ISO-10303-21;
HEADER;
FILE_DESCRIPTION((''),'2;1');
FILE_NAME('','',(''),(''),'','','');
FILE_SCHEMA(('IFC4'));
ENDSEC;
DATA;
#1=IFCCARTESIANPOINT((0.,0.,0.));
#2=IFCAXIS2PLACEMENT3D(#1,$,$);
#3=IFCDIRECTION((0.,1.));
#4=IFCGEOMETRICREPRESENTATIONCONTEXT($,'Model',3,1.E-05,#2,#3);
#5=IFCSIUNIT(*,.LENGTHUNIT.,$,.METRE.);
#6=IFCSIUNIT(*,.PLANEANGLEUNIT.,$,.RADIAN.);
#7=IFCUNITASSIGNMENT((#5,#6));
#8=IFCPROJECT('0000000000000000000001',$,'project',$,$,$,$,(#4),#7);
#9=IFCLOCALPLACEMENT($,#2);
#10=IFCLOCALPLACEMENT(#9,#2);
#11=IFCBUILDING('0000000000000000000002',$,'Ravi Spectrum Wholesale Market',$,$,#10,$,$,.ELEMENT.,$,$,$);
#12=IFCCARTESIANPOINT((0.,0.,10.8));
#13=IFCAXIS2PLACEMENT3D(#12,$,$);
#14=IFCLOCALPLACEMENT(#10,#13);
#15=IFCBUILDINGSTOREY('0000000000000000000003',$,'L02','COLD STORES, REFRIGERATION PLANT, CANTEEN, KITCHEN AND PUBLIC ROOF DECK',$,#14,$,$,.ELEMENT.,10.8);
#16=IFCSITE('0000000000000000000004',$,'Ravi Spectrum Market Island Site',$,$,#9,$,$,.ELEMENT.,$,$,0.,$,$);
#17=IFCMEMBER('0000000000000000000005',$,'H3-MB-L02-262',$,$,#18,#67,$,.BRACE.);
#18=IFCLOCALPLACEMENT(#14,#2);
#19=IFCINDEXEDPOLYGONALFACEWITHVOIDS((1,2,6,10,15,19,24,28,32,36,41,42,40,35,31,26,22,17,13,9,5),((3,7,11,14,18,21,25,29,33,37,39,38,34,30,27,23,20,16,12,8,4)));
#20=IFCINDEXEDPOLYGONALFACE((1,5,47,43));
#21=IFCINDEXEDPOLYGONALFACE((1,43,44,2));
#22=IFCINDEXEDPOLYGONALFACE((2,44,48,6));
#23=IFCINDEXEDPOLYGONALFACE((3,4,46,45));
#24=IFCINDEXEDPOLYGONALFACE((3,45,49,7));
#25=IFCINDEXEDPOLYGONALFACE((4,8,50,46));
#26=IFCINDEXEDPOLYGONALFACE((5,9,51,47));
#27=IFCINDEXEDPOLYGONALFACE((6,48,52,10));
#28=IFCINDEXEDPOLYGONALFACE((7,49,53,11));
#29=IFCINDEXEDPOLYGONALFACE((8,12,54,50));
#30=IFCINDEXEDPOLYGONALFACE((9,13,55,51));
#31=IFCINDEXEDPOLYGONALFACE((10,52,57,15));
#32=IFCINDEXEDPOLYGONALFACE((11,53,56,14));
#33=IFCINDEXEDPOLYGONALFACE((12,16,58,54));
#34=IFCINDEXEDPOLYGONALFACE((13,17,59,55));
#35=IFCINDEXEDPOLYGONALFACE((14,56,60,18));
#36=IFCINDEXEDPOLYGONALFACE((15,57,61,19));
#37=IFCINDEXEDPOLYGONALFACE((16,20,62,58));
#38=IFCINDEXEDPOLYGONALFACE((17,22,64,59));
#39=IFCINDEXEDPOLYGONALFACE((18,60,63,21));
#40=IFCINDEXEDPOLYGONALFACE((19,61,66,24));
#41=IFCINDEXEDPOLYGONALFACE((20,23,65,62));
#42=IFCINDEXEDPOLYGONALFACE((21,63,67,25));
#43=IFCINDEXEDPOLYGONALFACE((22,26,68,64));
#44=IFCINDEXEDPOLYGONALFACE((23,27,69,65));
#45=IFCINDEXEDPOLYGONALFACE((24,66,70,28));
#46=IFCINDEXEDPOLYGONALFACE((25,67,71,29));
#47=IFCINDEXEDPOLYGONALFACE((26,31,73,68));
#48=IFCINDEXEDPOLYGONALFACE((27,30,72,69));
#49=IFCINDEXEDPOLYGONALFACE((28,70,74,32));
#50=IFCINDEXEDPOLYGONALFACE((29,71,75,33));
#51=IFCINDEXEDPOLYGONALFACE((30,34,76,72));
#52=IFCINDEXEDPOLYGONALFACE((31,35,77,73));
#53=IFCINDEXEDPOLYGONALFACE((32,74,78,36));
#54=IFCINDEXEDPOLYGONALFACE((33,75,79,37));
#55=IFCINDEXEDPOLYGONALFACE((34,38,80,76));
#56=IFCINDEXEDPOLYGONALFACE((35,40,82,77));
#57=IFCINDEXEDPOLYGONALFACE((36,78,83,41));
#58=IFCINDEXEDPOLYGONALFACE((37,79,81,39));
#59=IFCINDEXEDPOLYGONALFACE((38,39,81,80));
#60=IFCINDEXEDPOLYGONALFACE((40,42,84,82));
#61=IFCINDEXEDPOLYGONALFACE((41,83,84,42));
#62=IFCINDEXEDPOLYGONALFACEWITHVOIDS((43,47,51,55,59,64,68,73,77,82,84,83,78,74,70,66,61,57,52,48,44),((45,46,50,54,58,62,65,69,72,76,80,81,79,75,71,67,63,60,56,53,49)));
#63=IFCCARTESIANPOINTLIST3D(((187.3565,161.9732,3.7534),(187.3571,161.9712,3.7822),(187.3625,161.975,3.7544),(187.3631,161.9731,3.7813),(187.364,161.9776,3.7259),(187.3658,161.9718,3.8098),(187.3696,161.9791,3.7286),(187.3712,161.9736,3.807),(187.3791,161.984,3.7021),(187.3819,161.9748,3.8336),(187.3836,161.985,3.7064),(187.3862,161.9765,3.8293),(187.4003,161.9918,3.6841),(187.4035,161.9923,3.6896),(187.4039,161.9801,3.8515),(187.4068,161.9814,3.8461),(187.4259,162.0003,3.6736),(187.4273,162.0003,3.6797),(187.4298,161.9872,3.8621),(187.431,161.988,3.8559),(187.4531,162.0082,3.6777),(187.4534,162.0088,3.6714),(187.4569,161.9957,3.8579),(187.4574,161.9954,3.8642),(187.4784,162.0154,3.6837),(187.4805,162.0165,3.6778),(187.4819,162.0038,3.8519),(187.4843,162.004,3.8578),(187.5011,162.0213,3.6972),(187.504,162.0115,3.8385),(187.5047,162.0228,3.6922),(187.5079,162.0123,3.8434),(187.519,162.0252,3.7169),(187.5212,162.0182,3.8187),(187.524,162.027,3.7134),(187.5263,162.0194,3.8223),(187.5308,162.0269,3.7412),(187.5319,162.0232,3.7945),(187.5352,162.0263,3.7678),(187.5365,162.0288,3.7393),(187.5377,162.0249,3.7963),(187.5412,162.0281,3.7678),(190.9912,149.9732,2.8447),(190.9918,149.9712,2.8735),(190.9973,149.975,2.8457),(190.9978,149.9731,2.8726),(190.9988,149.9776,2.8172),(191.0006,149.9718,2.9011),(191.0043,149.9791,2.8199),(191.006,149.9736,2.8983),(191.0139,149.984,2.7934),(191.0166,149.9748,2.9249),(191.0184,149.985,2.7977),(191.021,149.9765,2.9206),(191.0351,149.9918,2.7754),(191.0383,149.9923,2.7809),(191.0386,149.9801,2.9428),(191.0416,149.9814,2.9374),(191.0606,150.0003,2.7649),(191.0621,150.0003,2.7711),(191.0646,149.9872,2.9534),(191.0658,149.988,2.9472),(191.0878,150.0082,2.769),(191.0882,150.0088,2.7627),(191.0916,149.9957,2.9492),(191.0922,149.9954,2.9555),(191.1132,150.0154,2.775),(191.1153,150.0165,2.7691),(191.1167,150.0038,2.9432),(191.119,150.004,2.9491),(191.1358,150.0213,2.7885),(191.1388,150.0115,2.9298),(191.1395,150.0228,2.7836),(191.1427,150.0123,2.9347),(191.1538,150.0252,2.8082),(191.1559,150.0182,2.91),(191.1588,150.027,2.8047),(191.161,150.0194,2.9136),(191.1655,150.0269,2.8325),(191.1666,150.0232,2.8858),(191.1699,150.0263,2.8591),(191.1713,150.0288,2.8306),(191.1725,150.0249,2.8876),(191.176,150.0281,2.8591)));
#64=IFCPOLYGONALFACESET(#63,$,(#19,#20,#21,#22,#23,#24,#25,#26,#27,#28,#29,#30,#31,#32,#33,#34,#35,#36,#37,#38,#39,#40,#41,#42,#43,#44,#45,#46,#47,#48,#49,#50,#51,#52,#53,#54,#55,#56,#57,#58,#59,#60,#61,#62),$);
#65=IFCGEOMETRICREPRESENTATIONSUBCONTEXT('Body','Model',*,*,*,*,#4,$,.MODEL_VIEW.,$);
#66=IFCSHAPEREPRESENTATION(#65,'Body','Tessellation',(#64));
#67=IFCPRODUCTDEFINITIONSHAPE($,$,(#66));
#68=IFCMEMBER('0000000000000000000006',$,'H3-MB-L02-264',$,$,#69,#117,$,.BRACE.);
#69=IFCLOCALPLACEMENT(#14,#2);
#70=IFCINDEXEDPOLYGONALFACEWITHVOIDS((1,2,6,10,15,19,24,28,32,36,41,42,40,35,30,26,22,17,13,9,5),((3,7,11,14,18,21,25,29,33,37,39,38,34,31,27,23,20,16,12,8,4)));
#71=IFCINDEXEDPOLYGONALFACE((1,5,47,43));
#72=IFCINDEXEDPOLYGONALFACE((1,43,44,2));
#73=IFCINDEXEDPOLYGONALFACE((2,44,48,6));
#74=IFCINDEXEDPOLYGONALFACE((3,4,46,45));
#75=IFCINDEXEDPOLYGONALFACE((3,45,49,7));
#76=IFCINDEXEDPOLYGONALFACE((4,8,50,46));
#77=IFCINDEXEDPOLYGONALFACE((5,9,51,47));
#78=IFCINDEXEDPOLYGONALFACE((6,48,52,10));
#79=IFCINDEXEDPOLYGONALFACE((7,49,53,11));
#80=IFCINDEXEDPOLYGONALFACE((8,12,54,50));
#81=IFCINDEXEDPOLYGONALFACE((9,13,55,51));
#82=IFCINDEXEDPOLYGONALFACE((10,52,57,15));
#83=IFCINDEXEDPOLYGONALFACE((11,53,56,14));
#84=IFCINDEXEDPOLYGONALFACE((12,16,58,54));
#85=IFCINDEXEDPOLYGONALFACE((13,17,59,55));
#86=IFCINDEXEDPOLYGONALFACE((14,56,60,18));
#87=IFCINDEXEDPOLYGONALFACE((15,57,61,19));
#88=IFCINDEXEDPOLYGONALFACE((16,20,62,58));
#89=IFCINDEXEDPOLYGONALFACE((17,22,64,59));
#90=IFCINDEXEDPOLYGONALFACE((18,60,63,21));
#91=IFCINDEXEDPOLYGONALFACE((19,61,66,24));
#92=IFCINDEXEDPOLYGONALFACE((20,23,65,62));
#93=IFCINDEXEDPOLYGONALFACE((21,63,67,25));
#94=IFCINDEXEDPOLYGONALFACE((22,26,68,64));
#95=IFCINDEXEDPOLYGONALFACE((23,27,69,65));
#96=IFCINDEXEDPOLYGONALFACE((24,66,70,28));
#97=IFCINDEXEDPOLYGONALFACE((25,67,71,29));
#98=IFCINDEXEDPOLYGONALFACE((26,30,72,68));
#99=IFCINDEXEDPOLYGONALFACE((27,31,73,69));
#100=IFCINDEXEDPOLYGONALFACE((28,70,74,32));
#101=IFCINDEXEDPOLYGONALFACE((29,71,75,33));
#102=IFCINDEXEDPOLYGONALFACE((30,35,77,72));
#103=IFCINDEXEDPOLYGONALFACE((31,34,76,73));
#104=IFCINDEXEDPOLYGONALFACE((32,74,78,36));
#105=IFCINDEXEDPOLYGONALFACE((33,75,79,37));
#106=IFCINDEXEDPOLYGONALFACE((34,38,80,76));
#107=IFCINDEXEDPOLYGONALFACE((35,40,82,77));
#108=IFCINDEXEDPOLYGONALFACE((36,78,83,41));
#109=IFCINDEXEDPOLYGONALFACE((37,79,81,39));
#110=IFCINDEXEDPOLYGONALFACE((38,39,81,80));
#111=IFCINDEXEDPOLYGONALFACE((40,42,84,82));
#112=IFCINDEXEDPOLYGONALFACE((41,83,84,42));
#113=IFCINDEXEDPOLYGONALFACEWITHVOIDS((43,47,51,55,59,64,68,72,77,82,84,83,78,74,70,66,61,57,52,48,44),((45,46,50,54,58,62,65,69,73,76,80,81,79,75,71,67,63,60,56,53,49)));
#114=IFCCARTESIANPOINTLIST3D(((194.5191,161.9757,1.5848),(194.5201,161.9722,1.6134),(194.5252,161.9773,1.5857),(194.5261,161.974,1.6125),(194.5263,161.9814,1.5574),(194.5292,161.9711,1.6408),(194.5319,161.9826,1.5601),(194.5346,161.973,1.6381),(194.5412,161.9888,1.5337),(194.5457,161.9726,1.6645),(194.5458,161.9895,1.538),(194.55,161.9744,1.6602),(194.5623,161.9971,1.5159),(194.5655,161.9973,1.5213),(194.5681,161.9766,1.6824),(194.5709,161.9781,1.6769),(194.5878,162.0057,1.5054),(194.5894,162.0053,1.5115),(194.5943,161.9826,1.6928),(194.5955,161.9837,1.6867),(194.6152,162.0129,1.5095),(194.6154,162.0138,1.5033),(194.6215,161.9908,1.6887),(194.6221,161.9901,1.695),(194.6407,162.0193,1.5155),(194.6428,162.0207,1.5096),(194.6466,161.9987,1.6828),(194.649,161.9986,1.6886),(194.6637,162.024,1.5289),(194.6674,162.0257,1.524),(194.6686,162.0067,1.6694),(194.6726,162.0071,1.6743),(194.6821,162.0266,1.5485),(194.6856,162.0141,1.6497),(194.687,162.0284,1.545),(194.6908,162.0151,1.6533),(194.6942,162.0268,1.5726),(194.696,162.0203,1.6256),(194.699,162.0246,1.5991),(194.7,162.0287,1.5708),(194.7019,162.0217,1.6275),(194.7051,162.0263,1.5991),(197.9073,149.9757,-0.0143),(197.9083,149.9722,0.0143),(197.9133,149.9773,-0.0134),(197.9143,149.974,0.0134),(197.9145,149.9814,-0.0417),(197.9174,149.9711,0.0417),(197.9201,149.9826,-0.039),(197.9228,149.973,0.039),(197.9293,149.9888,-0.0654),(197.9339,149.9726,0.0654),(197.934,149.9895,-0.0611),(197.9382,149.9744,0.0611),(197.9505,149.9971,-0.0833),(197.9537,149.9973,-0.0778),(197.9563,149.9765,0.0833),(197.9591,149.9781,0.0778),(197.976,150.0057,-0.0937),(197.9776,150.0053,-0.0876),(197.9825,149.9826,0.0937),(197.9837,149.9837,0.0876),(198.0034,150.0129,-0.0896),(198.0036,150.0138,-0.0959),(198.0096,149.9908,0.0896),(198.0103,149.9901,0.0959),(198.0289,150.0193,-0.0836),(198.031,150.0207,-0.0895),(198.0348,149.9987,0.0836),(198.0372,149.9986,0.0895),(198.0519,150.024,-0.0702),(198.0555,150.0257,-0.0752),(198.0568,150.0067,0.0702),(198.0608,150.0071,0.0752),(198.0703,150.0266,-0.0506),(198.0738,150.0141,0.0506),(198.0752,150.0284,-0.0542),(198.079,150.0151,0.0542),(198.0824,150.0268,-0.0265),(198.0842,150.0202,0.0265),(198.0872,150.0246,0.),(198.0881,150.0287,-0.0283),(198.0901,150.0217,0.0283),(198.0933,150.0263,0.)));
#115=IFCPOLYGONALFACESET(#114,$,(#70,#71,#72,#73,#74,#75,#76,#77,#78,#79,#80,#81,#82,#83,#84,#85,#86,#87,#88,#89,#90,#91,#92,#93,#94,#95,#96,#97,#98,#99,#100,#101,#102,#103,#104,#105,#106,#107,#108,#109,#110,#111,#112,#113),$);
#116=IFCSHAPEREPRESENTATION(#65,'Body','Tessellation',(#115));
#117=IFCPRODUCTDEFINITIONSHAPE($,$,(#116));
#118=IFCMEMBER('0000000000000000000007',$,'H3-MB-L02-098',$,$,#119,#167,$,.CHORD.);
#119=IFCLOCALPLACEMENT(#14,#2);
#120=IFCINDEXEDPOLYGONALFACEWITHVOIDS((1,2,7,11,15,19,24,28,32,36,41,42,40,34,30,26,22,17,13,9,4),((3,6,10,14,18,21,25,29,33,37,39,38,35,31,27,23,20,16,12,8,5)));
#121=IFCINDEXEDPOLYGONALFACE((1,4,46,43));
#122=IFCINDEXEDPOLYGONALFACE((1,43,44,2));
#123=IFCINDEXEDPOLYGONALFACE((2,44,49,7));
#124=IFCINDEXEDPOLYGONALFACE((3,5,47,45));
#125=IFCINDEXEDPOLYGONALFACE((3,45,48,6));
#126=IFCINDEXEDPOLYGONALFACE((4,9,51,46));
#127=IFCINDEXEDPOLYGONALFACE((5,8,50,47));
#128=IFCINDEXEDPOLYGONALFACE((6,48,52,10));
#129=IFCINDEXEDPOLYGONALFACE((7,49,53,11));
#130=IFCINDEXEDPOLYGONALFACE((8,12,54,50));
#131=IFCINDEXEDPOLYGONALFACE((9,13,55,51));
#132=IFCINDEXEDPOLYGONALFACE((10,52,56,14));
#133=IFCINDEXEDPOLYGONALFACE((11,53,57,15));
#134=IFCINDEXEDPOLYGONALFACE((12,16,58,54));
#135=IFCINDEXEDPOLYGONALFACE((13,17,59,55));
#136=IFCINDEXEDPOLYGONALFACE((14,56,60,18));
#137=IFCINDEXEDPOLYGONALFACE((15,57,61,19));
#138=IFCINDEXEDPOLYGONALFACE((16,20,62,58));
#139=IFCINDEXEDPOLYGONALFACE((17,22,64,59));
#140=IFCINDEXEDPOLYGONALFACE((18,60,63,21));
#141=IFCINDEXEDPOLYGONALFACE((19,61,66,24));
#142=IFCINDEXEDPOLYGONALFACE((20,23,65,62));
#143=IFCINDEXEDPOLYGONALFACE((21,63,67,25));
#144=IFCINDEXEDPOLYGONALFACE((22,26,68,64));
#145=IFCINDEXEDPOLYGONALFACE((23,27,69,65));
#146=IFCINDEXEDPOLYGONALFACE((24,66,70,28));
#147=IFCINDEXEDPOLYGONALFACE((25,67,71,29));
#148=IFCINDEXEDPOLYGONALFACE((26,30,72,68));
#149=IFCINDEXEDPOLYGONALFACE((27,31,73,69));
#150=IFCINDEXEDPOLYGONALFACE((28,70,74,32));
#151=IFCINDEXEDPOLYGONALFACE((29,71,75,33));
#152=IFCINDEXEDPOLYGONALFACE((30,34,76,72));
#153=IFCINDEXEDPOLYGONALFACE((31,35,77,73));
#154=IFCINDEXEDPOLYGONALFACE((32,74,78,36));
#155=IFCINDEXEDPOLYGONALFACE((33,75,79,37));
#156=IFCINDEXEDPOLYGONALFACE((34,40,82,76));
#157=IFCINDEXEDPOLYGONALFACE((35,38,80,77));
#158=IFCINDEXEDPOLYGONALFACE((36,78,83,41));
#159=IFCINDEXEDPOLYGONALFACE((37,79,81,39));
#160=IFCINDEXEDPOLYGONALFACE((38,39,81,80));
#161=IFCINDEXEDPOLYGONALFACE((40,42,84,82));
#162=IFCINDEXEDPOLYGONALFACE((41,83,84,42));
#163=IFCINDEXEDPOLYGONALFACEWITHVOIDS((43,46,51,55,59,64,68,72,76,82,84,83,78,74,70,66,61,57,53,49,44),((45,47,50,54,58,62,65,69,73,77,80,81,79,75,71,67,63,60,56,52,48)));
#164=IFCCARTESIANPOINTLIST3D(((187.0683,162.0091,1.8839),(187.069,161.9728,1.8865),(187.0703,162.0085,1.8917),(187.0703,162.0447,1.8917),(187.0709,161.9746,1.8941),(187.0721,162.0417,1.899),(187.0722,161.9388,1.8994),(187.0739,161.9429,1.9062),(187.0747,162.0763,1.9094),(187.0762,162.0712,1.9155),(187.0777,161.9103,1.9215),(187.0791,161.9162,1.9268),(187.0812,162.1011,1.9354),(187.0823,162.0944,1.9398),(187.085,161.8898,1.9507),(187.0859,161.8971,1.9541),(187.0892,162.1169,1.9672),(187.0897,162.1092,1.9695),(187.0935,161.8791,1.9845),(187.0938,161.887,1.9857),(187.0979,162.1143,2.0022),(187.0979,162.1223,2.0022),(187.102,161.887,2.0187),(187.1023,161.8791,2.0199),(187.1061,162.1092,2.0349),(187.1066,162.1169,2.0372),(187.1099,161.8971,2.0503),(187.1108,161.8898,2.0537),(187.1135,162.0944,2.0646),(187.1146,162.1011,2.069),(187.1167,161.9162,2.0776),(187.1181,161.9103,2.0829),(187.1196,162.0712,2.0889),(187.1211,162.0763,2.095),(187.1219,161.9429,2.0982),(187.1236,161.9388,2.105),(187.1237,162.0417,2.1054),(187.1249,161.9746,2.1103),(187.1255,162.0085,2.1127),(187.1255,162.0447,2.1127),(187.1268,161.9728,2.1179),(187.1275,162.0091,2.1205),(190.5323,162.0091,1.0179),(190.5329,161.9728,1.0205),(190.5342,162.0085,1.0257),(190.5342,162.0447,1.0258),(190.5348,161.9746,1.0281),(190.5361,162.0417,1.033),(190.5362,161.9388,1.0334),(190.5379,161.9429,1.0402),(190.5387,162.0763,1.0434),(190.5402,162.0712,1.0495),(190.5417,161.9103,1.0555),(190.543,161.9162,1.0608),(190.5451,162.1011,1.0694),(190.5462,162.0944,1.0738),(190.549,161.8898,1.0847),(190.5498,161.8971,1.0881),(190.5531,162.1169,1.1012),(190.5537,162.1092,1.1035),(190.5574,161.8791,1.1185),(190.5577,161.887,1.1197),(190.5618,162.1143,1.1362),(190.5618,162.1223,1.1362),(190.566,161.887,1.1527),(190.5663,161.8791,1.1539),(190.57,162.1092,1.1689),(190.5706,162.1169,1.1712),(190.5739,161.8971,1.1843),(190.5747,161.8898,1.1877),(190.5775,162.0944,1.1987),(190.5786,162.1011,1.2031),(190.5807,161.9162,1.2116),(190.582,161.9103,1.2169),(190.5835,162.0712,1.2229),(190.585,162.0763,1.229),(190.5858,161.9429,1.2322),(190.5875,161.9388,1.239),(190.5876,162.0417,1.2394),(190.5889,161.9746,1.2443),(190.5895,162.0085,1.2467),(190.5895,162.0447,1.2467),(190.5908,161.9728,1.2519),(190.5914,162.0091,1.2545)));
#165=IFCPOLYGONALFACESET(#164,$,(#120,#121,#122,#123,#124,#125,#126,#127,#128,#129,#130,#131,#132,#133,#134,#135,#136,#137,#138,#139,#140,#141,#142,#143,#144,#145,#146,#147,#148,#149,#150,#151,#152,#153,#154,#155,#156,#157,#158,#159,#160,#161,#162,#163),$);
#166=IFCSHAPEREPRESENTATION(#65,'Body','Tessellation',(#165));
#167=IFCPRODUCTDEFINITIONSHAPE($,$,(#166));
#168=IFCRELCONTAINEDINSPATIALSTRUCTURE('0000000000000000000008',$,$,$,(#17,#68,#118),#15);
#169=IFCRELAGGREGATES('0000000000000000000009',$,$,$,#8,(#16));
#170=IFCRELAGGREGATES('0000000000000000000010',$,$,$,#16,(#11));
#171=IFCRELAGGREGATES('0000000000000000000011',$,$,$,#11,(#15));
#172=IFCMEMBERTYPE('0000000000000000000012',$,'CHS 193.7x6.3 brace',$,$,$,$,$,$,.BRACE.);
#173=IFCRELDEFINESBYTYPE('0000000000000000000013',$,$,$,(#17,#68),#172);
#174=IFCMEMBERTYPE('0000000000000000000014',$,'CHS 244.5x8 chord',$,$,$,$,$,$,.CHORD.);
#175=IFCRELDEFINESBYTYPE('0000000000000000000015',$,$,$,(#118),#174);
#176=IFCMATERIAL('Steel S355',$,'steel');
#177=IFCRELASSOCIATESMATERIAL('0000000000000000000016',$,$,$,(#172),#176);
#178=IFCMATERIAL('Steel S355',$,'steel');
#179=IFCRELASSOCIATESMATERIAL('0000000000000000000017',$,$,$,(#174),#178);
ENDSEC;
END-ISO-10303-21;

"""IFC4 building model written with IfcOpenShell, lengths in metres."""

from ifc_helpers import new_model, si_unit, direction, frame, origin, origin_2d, place, context, subcontext, project, spatial, hollow_circle, extrude, material, material_profile, profile_set, type_object, element, save


model = new_model("IFC4")

# Units and contexts
model_context = context("Model", 3, precision=1e-05, world=origin(), true_north=direction((0.0, 1.0)))
body_context = subcontext(model_context, "Body", "Model", "MODEL_VIEW")
ifc_project = project(units=[si_unit("LENGTHUNIT", "METRE"), si_unit("PLANEANGLEUNIT", "RADIAN")], contexts=[model_context])

# Site, building, storey
site_placement = place(None, origin())
site = spatial("IfcSite", under=ifc_project, at=site_placement, Name="Ravi Spectrum Market Island Site", CompositionType="ELEMENT", RefElevation=0.0)
building_placement = place(site_placement, origin())
building = spatial("IfcBuilding", under=site, at=building_placement, Name="Ravi Spectrum Wholesale Market", CompositionType="ELEMENT")
storey_placement = place(building_placement, frame((0.0, 0.0, 10.8)))
storey = spatial("IfcBuildingStorey", under=building, at=storey_placement, Name="L02", Description="COLD STORES, REFRIGERATION PLANT, CANTEEN, KITCHEN AND PUBLIC ROOF DECK", CompositionType="ELEMENT", Elevation=10.8)

# Members
ifc_material_1 = material(Name="Steel S355", Category="steel")
ifc_material_profile_1 = material_profile(ifc_material_1, hollow_circle(Radius=0.0969, WallThickness=0.0063, at=origin_2d()))
ifc_profile_set_1 = profile_set([ifc_material_profile_1], Name="Steel S355")
member_type_1 = type_object("IfcMemberType", Name="CHS 193.7x6.3 brace", PredefinedType="BRACE", material=ifc_profile_set_1)
for number, where, z_axis, x_axis, name in (
    (1, (187.4485, 162.0, 3.7678), (0.289132, -0.954556, -0.072283), (0.95706, 0.289891, 0.0), "H3-MB-L02-262"),
    (2, (194.6118, 162.0, 1.5991), (0.269518, -0.954557, -0.127204), (0.962375, 0.271725, 0.0), "H3-MB-L02-264"),
):
    element("IfcMember", number, at=place(storey_placement, frame(where, z_axis=z_axis, x_axis=x_axis)), inside=storey, type_object=member_type_1, Name=name, PredefinedType="BRACE", context=body_context, shape_type="SweptSolid", body=[
        extrude(hollow_circle(Radius=0.0969, WallThickness=0.0063, at=origin_2d()), origin(), (0.0, 0.0, 1.0), 12.5713),
    ])
ifc_material_2 = material(Name="Steel S355", Category="steel")
ifc_material_profile_2 = material_profile(ifc_material_2, hollow_circle(Radius=0.1223, WallThickness=0.0081, at=origin_2d()))
ifc_profile_set_2 = profile_set([ifc_material_profile_2], Name="Steel S355")
member_type_2 = type_object("IfcMemberType", Name="CHS 244.5x8 chord", PredefinedType="CHORD", material=ifc_profile_set_2)
member_1_placement = place(storey_placement, frame((187.0979, 162.0, 2.0022), z_axis=(0.970143, 0.0, -0.242536), x_axis=(0.0, 1.0, 0.0)))
element("IfcMember", 3, at=member_1_placement, inside=storey, type_object=member_type_2, Name="H3-MB-L02-098", PredefinedType="CHORD", context=body_context, shape_type="SweptSolid", body=[
    extrude(hollow_circle(Radius=0.1223, WallThickness=0.0081, at=origin_2d()), origin(), (0.0, 0.0, 1.0), 3.5706),
])

save(model, "model.ifc")
